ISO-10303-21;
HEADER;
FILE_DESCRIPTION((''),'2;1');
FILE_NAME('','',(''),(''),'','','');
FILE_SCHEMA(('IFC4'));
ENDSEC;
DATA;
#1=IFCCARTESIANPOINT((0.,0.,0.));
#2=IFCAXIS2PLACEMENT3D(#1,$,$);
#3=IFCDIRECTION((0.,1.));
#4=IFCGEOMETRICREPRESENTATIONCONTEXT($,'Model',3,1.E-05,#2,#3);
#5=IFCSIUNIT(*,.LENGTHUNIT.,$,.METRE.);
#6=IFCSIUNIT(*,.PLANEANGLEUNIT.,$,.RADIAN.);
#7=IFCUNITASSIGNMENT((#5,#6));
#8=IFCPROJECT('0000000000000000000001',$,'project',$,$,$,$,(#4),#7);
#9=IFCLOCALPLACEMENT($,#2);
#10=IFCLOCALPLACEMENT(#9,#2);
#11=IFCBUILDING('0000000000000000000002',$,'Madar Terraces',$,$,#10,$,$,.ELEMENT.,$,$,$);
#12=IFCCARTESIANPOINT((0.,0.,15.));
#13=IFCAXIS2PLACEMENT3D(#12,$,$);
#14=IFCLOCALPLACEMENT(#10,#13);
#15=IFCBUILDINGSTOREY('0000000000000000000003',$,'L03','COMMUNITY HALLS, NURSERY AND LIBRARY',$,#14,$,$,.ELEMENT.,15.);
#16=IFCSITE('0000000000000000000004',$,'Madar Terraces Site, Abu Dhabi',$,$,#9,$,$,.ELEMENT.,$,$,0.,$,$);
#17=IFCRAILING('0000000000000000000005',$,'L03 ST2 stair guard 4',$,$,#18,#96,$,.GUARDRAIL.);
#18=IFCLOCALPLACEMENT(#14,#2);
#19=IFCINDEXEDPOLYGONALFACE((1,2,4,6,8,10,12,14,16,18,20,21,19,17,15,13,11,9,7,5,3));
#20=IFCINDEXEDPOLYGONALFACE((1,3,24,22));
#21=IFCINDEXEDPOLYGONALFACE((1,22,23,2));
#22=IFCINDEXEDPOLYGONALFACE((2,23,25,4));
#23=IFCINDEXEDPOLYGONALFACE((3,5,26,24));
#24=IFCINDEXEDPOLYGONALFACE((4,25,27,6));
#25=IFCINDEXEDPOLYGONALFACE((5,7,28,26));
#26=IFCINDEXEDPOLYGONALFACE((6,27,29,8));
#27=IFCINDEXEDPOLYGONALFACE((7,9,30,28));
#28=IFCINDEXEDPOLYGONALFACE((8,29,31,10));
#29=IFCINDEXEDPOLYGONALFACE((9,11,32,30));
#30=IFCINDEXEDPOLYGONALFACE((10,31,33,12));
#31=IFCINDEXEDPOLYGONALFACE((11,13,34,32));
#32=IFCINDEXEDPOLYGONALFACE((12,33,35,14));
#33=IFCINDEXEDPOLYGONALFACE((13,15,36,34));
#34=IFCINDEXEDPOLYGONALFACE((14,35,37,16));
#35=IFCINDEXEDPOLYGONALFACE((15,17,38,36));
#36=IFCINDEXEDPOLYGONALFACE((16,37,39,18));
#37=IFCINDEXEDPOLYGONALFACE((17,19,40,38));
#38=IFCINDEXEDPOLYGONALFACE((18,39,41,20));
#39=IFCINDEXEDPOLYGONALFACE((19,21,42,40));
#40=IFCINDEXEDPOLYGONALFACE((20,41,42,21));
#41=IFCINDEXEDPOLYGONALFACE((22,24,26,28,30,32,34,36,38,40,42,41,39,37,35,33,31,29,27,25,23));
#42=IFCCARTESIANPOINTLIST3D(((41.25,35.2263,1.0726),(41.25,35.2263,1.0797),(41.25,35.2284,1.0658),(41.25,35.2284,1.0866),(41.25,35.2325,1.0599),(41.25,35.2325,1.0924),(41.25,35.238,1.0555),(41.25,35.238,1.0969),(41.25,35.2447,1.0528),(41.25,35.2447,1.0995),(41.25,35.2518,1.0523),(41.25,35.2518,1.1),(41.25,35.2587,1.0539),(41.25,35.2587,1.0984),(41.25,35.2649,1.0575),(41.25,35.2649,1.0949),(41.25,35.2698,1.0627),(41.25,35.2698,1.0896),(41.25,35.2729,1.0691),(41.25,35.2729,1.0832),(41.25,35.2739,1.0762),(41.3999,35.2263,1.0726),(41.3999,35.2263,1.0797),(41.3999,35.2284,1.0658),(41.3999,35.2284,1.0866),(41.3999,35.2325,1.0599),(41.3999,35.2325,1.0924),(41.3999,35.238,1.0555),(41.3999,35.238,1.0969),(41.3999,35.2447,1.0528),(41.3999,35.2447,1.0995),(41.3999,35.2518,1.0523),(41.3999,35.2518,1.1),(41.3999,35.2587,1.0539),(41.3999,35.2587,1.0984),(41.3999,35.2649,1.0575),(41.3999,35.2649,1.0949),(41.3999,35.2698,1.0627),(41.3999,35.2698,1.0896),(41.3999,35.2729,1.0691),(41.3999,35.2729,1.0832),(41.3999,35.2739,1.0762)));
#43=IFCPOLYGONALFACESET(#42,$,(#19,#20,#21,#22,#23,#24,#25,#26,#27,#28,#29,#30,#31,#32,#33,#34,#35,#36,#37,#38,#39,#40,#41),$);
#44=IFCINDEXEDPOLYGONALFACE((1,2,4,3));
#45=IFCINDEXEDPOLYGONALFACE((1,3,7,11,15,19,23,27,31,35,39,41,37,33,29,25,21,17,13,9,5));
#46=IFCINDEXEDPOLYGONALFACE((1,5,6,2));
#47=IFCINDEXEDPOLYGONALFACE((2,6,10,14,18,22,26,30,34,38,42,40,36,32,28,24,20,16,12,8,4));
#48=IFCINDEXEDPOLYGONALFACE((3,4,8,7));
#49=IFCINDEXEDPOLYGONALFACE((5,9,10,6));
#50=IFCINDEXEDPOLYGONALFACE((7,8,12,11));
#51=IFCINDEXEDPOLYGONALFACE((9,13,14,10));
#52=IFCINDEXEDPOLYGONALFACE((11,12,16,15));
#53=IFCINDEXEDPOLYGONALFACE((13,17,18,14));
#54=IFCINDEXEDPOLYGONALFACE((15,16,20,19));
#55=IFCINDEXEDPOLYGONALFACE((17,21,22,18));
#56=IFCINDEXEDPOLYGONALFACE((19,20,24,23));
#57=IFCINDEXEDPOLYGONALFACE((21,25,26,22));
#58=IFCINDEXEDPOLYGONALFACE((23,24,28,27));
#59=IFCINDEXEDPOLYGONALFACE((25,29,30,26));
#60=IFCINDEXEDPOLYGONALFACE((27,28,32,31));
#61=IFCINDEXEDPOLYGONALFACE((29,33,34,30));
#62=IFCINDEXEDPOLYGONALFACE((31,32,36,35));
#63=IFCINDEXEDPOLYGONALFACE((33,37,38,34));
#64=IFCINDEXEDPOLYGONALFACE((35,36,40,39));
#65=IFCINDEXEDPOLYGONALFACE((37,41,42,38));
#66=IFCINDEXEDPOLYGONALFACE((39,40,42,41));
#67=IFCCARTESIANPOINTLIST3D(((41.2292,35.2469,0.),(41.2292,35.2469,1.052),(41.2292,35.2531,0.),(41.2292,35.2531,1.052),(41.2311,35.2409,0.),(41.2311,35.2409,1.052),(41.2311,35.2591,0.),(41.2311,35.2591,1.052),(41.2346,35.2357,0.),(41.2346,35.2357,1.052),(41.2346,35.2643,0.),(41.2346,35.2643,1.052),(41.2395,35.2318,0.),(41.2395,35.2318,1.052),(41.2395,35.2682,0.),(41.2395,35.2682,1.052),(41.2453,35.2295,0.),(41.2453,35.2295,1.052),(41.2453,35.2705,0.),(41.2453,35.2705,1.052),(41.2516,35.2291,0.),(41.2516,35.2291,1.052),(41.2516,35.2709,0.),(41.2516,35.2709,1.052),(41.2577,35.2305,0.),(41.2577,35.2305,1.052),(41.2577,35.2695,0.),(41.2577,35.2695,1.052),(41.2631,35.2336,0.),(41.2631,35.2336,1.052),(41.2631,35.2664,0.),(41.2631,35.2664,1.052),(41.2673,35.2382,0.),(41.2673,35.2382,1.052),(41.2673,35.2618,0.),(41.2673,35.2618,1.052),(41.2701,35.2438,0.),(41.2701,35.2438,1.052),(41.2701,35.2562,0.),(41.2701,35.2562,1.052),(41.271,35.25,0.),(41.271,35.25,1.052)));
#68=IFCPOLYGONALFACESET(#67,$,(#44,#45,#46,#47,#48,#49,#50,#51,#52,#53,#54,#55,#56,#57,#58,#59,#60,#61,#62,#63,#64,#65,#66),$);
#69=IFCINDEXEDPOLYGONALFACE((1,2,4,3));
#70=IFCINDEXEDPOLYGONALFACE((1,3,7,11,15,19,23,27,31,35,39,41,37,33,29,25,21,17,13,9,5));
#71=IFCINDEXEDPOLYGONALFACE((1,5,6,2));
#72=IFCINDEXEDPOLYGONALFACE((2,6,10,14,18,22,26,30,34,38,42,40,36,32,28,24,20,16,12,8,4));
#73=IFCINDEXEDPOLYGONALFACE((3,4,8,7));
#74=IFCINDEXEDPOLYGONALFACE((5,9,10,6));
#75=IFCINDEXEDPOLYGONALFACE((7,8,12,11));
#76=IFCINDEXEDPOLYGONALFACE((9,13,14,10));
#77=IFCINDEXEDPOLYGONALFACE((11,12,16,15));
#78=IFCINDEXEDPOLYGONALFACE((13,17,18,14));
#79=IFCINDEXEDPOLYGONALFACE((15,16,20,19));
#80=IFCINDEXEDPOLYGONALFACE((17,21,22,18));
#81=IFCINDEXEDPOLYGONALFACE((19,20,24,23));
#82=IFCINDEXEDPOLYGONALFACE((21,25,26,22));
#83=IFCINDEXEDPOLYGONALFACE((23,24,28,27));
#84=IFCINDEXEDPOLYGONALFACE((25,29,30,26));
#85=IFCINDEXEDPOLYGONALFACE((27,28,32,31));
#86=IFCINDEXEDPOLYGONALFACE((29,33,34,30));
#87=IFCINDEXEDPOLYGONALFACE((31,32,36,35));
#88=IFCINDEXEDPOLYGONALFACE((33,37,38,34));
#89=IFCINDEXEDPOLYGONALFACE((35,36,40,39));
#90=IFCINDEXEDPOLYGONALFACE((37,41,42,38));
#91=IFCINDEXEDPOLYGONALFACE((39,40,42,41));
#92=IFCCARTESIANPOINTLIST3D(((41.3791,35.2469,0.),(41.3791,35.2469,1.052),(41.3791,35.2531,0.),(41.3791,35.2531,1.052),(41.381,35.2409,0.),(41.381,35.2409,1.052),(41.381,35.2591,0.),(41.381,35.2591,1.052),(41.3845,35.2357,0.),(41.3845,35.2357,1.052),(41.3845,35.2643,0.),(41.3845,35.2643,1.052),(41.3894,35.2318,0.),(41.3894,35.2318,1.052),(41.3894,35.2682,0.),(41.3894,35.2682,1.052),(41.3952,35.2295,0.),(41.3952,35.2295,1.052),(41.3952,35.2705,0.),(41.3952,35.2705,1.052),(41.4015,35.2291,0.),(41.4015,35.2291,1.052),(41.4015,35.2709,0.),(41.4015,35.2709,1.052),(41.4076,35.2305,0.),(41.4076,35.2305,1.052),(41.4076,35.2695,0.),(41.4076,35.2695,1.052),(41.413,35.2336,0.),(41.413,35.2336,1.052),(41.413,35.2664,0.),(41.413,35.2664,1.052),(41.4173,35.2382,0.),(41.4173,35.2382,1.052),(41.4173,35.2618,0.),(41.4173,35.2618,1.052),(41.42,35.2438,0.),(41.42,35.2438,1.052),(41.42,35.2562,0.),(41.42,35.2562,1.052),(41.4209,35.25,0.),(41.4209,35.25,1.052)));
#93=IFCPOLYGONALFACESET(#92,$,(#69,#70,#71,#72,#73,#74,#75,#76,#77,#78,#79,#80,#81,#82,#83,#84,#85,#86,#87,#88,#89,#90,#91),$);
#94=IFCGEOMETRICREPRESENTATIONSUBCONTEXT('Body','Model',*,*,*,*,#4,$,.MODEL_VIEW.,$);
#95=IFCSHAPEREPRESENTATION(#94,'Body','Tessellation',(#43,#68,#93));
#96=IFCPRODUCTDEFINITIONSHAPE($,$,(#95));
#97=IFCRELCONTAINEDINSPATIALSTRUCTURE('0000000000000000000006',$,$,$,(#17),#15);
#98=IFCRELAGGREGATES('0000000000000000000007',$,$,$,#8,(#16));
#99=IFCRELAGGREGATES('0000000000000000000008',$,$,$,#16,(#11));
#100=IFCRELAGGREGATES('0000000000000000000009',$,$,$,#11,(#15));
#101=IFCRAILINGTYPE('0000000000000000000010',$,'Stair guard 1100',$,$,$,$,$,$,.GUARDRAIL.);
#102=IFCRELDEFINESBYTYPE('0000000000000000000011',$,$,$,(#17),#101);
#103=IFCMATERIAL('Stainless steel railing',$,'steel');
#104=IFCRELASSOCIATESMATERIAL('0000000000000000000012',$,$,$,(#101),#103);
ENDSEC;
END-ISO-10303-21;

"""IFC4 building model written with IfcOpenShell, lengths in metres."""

from ifc_helpers import new_model, si_unit, direction, frame, origin, origin_2d, place, context, subcontext, project, spatial, circle, extrude, material, type_object, element, save


model = new_model("IFC4")

# Units and contexts
model_context = context("Model", 3, precision=1e-05, world=origin(), true_north=direction((0.0, 1.0)))
body_context = subcontext(model_context, "Body", "Model", "MODEL_VIEW")
ifc_project = project(units=[si_unit("LENGTHUNIT", "METRE"), si_unit("PLANEANGLEUNIT", "RADIAN")], contexts=[model_context])

# Site, building, storey
site_placement = place(None, origin())
site = spatial("IfcSite", under=ifc_project, at=site_placement, Name="Madar Terraces Site, Abu Dhabi", CompositionType="ELEMENT", RefElevation=0.0)
building_placement = place(site_placement, origin())
building = spatial("IfcBuilding", under=site, at=building_placement, Name="Madar Terraces", CompositionType="ELEMENT")
storey_placement = place(building_placement, frame((0.0, 0.0, 15.0)))
storey = spatial("IfcBuildingStorey", under=building, at=storey_placement, Name="L03", Description="COMMUNITY HALLS, NURSERY AND LIBRARY", CompositionType="ELEMENT", Elevation=15.0)

# Railing
ifc_material_1 = material(Name="Stainless steel railing", Category="steel")
railing_type_1 = type_object("IfcRailingType", Name="Stair guard 1100", PredefinedType="GUARDRAIL", material=ifc_material_1)
railing_1_placement = place(storey_placement, frame((41.25, 35.25, 0.0)))
element("IfcRailing", 1, at=railing_1_placement, inside=storey, type_object=railing_type_1, Name="L03 ST2 stair guard 4", PredefinedType="GUARDRAIL", context=body_context, shape_type="SweptSolid", body=[
    extrude(circle(Radius=0.0239, at=origin_2d()), frame((0.0, 0.0, 1.0762), z_axis=(1.0, 0.0, 0.0), x_axis=(0.0, 1.0, 0.0)), (0.0, 0.0, 1.0), 0.1499),
    extrude(circle(Radius=0.021, at=origin_2d()), origin(), (0.0, 0.0, 1.0), 1.052),
    extrude(circle(Radius=0.021, at=origin_2d()), frame((0.1499, 0.0, 0.0)), (0.0, 0.0, 1.0), 1.052),
])

save(model, "model.ifc")
